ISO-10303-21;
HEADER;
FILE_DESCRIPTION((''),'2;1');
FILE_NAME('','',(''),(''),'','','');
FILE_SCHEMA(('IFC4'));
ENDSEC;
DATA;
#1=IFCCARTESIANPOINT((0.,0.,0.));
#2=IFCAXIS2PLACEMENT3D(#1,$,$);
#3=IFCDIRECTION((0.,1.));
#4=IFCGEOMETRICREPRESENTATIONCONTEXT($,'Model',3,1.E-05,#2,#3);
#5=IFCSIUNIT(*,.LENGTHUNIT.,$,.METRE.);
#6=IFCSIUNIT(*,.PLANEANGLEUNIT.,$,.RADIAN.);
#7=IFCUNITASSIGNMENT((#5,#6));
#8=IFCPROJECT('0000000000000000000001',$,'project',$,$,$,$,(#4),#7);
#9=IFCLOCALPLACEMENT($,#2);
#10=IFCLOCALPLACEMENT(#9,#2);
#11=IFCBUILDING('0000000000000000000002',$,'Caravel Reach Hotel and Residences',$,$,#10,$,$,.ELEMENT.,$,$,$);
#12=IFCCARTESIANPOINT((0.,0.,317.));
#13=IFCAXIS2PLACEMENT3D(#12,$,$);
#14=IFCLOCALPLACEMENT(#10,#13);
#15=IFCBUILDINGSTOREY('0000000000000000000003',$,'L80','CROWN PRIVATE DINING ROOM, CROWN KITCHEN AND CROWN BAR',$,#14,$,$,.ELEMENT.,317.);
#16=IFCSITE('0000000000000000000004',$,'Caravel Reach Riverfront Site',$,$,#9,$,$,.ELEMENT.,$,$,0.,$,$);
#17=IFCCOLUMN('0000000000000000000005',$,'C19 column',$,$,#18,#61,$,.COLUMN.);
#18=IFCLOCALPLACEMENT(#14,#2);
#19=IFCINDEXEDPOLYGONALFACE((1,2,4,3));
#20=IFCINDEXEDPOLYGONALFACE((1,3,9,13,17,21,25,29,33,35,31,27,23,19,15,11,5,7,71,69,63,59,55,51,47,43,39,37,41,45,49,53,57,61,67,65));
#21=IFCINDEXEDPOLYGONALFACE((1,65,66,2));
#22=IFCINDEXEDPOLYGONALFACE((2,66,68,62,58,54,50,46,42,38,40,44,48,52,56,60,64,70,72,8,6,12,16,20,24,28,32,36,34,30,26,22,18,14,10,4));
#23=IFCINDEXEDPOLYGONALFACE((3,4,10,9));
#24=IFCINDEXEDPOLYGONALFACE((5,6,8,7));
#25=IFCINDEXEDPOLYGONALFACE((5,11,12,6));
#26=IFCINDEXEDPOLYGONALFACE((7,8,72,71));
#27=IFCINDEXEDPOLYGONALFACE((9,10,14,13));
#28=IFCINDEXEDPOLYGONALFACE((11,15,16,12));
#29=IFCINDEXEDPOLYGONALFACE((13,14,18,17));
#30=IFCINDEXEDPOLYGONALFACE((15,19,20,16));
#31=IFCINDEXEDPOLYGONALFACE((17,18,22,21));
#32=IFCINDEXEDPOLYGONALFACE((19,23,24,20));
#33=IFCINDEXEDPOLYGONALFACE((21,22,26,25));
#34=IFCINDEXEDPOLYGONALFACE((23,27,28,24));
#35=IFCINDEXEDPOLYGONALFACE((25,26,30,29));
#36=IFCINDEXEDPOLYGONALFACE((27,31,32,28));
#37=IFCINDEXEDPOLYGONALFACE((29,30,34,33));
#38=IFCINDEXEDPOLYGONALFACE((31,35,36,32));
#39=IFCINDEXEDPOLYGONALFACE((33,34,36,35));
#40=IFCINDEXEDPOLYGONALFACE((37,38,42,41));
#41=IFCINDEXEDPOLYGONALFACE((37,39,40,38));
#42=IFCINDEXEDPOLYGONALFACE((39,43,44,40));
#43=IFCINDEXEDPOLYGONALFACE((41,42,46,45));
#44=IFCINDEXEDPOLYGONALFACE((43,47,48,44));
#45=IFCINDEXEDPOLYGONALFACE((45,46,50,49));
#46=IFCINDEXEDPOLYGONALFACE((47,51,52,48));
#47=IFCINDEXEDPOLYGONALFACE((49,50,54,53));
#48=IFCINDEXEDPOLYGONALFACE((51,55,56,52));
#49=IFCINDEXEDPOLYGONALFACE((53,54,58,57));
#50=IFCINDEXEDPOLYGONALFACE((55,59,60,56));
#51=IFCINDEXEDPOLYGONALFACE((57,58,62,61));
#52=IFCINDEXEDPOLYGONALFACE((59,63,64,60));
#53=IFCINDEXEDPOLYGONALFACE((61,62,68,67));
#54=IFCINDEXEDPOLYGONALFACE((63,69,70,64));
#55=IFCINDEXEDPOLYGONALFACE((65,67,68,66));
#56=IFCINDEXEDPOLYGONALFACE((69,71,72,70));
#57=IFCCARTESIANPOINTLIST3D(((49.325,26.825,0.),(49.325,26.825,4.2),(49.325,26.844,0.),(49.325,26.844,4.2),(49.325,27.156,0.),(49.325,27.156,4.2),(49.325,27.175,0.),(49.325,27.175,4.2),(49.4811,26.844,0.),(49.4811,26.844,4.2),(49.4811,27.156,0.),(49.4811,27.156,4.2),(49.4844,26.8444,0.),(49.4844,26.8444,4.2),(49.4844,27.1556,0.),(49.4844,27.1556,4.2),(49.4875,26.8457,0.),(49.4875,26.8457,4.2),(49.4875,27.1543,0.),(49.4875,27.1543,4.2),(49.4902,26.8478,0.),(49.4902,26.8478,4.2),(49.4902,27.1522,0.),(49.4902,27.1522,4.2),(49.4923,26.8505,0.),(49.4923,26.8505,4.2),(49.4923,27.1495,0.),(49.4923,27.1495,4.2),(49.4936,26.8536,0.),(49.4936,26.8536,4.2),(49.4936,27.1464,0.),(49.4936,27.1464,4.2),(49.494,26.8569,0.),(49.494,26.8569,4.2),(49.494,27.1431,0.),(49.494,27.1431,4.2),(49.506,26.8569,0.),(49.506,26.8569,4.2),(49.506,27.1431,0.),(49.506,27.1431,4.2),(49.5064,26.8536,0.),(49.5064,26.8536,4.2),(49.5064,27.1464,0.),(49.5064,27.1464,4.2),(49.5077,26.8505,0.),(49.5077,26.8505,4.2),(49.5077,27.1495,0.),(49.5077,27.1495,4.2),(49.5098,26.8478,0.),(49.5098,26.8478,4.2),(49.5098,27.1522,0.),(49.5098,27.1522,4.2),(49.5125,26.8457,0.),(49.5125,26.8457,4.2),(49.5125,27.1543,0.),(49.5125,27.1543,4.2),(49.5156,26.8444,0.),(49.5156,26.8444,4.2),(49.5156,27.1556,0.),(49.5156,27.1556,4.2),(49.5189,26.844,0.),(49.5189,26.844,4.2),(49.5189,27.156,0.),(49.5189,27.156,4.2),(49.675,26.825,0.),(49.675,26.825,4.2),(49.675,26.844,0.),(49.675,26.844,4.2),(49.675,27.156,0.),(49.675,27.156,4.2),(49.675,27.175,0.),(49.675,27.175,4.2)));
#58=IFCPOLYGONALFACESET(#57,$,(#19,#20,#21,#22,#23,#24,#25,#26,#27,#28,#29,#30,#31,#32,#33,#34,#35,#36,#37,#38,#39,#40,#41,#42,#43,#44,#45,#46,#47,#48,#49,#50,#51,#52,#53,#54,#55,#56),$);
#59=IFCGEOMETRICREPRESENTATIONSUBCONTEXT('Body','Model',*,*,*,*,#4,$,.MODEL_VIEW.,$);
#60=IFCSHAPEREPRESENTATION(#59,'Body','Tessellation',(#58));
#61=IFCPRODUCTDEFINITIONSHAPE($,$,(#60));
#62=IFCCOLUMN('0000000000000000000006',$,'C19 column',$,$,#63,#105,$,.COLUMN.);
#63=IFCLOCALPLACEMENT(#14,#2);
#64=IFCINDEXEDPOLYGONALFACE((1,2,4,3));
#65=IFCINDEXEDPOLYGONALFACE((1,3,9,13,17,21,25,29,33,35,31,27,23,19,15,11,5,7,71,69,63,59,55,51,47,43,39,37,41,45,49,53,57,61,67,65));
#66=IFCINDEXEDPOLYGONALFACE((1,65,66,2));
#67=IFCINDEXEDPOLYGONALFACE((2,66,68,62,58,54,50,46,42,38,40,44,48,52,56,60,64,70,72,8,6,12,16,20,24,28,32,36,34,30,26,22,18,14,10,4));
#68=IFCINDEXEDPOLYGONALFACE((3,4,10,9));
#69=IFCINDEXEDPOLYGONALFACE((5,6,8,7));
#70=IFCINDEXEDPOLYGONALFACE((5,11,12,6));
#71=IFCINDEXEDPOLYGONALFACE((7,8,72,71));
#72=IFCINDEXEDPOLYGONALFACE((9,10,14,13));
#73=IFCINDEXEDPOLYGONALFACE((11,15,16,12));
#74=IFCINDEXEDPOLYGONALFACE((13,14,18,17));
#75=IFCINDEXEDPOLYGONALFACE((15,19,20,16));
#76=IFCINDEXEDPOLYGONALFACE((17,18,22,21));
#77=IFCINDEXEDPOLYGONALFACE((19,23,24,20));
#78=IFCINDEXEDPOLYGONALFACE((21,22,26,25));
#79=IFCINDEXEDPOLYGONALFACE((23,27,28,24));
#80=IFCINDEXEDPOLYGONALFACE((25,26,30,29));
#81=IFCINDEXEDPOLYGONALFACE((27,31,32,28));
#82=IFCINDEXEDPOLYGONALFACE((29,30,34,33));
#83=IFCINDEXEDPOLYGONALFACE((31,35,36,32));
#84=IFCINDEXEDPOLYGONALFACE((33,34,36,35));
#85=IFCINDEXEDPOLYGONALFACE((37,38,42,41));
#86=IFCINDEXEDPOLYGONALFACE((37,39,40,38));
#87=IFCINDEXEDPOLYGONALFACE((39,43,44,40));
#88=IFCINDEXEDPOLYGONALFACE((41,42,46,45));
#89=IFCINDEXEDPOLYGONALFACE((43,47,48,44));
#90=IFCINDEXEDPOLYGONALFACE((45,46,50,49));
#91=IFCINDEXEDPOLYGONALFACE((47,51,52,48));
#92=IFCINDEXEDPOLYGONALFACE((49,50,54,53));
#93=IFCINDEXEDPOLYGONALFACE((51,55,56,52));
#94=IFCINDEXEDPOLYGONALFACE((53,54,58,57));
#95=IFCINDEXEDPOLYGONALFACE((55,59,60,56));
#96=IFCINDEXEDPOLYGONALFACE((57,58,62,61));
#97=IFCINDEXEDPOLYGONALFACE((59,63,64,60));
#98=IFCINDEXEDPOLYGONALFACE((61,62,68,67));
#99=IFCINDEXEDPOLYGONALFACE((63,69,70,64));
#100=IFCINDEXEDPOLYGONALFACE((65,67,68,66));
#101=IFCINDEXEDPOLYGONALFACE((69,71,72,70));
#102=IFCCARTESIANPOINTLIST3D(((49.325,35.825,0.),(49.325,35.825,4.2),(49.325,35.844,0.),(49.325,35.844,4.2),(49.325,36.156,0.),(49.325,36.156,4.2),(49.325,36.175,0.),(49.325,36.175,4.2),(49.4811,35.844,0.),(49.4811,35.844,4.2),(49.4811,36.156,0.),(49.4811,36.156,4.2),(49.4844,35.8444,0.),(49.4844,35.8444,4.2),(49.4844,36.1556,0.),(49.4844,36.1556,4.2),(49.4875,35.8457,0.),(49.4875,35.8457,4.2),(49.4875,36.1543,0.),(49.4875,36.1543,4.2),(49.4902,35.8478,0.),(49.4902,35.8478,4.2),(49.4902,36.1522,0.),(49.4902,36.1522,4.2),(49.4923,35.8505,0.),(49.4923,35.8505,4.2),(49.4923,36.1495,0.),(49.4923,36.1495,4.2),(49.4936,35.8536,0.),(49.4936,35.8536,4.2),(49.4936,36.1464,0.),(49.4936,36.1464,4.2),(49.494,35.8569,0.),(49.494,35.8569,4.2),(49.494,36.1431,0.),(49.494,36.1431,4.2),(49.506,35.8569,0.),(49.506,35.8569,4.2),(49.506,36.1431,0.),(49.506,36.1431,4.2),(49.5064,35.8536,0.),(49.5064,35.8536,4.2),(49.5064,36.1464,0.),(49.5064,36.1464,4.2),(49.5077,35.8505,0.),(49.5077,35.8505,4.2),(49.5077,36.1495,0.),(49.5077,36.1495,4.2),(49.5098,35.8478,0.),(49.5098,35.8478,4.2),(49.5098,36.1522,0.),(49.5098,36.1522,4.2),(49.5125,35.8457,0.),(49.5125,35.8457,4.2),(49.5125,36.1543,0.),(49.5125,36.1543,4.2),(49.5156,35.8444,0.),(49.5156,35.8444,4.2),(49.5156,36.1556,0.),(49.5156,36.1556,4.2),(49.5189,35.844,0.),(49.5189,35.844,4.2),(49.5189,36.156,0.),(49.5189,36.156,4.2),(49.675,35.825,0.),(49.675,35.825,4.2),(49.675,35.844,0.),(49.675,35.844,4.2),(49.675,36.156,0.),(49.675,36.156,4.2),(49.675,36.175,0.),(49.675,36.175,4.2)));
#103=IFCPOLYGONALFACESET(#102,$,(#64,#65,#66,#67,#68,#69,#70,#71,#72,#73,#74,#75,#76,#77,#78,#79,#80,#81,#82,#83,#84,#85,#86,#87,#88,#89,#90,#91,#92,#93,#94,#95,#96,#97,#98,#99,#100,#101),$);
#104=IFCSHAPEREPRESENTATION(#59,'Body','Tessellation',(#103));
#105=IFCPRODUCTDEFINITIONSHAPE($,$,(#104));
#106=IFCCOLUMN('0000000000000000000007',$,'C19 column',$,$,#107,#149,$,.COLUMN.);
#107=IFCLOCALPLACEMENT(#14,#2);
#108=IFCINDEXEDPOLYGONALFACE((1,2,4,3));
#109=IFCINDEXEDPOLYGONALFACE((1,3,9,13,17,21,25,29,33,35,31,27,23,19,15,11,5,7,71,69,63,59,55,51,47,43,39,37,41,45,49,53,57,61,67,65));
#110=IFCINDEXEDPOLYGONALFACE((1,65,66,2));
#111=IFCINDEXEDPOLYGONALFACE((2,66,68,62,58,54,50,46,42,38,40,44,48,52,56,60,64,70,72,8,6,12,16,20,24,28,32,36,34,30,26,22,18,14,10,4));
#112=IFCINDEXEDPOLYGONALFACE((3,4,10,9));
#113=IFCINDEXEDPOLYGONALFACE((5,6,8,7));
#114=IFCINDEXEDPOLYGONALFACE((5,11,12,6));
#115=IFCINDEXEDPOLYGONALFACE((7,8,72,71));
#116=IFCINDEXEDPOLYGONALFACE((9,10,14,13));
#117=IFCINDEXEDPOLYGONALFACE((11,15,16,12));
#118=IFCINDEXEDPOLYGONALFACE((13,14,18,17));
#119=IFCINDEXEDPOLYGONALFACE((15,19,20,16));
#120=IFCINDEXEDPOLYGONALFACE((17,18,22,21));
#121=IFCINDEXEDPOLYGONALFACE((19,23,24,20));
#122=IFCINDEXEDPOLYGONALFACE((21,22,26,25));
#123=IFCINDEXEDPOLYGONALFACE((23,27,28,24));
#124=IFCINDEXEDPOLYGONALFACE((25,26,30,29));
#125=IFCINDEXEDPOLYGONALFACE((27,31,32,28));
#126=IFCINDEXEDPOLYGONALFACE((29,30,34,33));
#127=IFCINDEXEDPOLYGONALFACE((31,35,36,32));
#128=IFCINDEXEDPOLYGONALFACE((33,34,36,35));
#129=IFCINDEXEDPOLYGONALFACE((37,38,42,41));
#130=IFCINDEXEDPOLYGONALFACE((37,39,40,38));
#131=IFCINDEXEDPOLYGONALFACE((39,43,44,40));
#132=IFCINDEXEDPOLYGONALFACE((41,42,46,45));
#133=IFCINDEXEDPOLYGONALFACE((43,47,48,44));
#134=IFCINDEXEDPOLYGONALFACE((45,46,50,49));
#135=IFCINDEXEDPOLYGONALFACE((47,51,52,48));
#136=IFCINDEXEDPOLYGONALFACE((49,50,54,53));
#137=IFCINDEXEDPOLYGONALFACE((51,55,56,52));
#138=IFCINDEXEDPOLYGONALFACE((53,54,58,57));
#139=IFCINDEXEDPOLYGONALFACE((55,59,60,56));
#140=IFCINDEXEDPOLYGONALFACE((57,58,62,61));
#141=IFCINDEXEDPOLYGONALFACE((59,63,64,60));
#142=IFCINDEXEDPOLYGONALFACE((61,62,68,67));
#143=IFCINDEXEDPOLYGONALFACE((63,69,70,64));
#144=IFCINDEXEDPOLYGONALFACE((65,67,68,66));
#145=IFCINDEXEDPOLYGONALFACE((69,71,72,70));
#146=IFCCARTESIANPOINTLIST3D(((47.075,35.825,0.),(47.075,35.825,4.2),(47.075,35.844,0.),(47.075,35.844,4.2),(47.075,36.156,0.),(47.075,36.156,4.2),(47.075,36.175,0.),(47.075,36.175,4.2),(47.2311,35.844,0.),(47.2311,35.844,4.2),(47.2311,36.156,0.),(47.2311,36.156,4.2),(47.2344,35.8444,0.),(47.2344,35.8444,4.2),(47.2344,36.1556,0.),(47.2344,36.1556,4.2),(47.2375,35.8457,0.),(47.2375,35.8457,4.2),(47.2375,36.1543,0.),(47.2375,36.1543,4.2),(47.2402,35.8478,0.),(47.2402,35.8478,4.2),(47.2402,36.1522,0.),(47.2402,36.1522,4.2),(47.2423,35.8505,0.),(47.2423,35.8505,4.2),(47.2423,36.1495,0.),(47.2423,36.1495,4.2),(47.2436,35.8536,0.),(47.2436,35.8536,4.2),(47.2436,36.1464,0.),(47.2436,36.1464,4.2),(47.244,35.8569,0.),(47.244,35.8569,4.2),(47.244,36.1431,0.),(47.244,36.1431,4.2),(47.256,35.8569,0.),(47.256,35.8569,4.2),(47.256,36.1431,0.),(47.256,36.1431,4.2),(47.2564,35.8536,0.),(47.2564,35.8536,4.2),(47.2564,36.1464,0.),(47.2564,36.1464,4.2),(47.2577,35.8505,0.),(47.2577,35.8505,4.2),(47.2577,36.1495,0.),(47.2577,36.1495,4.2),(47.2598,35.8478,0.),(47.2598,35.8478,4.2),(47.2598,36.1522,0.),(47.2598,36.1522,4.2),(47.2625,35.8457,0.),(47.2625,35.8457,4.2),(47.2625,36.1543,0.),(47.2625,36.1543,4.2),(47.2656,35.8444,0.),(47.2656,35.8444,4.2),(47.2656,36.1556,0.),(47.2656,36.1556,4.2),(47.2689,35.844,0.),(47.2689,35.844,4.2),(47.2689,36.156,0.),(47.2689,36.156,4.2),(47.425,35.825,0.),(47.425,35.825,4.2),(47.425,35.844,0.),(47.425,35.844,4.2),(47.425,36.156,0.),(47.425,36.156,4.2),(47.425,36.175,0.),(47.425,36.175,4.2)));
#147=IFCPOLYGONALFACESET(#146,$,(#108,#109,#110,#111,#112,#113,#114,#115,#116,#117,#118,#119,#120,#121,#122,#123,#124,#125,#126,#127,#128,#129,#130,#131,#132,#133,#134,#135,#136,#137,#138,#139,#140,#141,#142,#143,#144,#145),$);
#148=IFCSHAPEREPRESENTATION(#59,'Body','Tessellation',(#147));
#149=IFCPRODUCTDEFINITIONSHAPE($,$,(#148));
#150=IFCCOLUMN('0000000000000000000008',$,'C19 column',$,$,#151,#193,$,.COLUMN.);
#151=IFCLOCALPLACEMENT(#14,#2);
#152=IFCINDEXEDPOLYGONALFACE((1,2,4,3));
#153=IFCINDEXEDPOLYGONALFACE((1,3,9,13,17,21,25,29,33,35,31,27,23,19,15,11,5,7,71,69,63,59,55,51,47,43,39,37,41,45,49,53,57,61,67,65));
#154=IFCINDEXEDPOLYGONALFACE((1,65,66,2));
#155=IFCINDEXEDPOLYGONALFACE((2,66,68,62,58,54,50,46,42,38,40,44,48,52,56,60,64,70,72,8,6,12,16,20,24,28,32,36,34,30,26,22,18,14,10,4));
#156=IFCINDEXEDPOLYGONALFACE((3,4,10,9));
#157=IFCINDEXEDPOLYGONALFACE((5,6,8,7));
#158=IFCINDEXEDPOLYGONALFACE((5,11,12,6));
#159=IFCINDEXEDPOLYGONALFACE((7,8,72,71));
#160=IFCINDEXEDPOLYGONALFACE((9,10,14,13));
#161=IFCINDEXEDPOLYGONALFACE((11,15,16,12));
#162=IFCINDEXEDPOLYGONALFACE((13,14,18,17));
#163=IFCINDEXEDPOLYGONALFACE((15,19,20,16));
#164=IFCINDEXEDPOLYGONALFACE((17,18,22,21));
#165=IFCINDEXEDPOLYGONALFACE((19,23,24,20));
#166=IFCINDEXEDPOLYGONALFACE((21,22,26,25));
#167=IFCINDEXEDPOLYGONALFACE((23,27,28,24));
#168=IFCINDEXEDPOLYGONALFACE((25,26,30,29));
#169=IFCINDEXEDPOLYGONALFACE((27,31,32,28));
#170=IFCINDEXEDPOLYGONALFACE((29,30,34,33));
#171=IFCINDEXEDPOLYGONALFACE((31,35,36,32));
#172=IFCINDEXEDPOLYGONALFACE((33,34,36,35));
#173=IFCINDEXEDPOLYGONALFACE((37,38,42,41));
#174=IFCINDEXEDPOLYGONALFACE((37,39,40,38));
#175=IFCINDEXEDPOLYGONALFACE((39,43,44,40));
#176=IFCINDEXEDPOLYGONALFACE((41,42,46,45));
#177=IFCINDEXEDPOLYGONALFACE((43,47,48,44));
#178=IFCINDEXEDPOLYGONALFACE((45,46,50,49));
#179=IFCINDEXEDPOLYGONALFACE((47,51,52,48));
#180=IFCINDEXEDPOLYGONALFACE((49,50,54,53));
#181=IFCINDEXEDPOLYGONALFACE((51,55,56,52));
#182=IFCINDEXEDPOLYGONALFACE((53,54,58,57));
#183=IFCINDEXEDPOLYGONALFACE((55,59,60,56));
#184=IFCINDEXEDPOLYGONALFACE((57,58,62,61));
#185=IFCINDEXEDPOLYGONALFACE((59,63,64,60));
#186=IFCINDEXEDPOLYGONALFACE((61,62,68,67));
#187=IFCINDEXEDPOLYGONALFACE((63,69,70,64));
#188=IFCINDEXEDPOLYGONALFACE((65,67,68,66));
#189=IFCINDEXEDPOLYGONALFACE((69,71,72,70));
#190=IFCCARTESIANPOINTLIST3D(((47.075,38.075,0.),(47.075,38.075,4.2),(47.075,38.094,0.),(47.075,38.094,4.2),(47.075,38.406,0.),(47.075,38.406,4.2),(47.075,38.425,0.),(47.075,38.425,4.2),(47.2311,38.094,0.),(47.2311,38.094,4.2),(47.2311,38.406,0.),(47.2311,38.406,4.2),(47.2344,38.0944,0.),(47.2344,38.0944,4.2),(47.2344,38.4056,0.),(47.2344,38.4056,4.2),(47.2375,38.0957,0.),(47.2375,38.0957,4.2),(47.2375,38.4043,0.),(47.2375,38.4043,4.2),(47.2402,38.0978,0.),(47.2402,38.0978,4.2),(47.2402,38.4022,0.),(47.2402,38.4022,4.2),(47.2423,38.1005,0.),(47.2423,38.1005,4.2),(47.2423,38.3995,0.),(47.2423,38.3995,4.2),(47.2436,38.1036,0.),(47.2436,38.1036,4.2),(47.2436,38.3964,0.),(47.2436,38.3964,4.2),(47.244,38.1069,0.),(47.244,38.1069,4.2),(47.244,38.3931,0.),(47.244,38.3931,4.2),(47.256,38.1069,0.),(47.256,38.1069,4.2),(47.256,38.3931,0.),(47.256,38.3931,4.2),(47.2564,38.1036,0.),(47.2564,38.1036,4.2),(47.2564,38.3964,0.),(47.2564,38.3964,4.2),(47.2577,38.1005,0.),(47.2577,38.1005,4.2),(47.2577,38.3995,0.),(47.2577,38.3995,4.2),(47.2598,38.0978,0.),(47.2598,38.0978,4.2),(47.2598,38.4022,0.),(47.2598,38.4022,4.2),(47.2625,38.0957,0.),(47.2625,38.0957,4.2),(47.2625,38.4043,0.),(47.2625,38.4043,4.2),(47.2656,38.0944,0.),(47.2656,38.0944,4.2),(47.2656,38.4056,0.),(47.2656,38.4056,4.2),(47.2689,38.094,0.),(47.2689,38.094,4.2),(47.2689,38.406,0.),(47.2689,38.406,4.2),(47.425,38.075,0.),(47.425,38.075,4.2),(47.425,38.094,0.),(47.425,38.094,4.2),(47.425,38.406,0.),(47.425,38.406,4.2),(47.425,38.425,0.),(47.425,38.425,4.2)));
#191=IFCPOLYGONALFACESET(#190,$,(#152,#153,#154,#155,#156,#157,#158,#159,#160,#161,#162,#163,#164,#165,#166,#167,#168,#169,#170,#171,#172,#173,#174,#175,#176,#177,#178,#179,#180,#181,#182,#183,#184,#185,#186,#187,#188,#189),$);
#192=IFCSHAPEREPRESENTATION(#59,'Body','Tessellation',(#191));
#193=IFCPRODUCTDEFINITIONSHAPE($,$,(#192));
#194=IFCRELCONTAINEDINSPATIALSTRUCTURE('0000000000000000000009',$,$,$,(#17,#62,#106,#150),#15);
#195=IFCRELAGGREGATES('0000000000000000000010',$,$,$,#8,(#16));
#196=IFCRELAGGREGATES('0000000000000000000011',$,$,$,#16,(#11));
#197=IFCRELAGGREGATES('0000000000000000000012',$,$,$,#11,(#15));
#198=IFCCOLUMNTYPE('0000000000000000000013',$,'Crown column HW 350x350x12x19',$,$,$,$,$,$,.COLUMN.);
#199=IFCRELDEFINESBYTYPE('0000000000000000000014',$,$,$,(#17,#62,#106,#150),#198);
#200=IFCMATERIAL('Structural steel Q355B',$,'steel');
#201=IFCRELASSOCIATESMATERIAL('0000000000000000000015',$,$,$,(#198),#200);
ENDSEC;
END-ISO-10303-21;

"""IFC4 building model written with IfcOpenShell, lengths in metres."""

from ifc_helpers import new_model, si_unit, direction, frame, origin, origin_2d, place, context, subcontext, project, spatial, i_section, extrude, material, material_profile, profile_set, type_object, element, save


model = new_model("IFC4")

# Units and contexts
model_context = context("Model", 3, precision=1e-05, world=origin(), true_north=direction((0.0, 1.0)))
body_context = subcontext(model_context, "Body", "Model", "MODEL_VIEW")
ifc_project = project(units=[si_unit("LENGTHUNIT", "METRE"), si_unit("PLANEANGLEUNIT", "RADIAN")], contexts=[model_context])

# Site, building, storey
site_placement = place(None, origin())
site = spatial("IfcSite", under=ifc_project, at=site_placement, Name="Caravel Reach Riverfront Site", CompositionType="ELEMENT", RefElevation=0.0)
building_placement = place(site_placement, origin())
building = spatial("IfcBuilding", under=site, at=building_placement, Name="Caravel Reach Hotel and Residences", CompositionType="ELEMENT")
storey_placement = place(building_placement, frame((0.0, 0.0, 317.0)))
storey = spatial("IfcBuildingStorey", under=building, at=storey_placement, Name="L80", Description="CROWN PRIVATE DINING ROOM, CROWN KITCHEN AND CROWN BAR", CompositionType="ELEMENT", Elevation=317.0)

# Columns
ifc_material_1 = material(Name="Structural steel Q355B", Category="steel")
ifc_material_profile_1 = material_profile(ifc_material_1, i_section(OverallWidth=0.3501, OverallDepth=0.3501, WebThickness=0.012, FlangeThickness=0.019, FilletRadius=0.0129, at=origin_2d()), Name="HW 350x350x12x19")
ifc_profile_set_1 = profile_set([ifc_material_profile_1], Name="Structural steel Q355B")
column_type = type_object("IfcColumnType", Name="Crown column HW 350x350x12x19", PredefinedType="COLUMN", material=ifc_profile_set_1)
for number, where, z_axis, x_axis, name in (
    (1, (49.5, 27.0, 0.0), (0.0, 0.0, 1.0), (1.0, 0.0, 0.0), "C19 column"),
    (2, (49.5, 36.0, 0.0), (0.0, 0.0, 1.0), (1.0, 0.0, 0.0), "C19 column"),
    (3, (47.25, 36.0, 0.0), (0.0, 0.0, 1.0), (1.0, 0.0, 0.0), "C19 column"),
    (4, (47.25, 38.25, 0.0), (0.0, 0.0, 1.0), (1.0, 0.0, 0.0), "C19 column"),
):
    element("IfcColumn", number, at=place(storey_placement, frame(where, z_axis=z_axis, x_axis=x_axis)), inside=storey, type_object=column_type, Name=name, PredefinedType="COLUMN", context=body_context, shape_type="SweptSolid", body=[
        extrude(i_section(OverallWidth=0.3501, OverallDepth=0.3501, WebThickness=0.012, FlangeThickness=0.019, FilletRadius=0.0129, at=origin_2d()), origin(), (0.0, 0.0, 1.0), 4.2),
    ])

save(model, "model.ifc")
